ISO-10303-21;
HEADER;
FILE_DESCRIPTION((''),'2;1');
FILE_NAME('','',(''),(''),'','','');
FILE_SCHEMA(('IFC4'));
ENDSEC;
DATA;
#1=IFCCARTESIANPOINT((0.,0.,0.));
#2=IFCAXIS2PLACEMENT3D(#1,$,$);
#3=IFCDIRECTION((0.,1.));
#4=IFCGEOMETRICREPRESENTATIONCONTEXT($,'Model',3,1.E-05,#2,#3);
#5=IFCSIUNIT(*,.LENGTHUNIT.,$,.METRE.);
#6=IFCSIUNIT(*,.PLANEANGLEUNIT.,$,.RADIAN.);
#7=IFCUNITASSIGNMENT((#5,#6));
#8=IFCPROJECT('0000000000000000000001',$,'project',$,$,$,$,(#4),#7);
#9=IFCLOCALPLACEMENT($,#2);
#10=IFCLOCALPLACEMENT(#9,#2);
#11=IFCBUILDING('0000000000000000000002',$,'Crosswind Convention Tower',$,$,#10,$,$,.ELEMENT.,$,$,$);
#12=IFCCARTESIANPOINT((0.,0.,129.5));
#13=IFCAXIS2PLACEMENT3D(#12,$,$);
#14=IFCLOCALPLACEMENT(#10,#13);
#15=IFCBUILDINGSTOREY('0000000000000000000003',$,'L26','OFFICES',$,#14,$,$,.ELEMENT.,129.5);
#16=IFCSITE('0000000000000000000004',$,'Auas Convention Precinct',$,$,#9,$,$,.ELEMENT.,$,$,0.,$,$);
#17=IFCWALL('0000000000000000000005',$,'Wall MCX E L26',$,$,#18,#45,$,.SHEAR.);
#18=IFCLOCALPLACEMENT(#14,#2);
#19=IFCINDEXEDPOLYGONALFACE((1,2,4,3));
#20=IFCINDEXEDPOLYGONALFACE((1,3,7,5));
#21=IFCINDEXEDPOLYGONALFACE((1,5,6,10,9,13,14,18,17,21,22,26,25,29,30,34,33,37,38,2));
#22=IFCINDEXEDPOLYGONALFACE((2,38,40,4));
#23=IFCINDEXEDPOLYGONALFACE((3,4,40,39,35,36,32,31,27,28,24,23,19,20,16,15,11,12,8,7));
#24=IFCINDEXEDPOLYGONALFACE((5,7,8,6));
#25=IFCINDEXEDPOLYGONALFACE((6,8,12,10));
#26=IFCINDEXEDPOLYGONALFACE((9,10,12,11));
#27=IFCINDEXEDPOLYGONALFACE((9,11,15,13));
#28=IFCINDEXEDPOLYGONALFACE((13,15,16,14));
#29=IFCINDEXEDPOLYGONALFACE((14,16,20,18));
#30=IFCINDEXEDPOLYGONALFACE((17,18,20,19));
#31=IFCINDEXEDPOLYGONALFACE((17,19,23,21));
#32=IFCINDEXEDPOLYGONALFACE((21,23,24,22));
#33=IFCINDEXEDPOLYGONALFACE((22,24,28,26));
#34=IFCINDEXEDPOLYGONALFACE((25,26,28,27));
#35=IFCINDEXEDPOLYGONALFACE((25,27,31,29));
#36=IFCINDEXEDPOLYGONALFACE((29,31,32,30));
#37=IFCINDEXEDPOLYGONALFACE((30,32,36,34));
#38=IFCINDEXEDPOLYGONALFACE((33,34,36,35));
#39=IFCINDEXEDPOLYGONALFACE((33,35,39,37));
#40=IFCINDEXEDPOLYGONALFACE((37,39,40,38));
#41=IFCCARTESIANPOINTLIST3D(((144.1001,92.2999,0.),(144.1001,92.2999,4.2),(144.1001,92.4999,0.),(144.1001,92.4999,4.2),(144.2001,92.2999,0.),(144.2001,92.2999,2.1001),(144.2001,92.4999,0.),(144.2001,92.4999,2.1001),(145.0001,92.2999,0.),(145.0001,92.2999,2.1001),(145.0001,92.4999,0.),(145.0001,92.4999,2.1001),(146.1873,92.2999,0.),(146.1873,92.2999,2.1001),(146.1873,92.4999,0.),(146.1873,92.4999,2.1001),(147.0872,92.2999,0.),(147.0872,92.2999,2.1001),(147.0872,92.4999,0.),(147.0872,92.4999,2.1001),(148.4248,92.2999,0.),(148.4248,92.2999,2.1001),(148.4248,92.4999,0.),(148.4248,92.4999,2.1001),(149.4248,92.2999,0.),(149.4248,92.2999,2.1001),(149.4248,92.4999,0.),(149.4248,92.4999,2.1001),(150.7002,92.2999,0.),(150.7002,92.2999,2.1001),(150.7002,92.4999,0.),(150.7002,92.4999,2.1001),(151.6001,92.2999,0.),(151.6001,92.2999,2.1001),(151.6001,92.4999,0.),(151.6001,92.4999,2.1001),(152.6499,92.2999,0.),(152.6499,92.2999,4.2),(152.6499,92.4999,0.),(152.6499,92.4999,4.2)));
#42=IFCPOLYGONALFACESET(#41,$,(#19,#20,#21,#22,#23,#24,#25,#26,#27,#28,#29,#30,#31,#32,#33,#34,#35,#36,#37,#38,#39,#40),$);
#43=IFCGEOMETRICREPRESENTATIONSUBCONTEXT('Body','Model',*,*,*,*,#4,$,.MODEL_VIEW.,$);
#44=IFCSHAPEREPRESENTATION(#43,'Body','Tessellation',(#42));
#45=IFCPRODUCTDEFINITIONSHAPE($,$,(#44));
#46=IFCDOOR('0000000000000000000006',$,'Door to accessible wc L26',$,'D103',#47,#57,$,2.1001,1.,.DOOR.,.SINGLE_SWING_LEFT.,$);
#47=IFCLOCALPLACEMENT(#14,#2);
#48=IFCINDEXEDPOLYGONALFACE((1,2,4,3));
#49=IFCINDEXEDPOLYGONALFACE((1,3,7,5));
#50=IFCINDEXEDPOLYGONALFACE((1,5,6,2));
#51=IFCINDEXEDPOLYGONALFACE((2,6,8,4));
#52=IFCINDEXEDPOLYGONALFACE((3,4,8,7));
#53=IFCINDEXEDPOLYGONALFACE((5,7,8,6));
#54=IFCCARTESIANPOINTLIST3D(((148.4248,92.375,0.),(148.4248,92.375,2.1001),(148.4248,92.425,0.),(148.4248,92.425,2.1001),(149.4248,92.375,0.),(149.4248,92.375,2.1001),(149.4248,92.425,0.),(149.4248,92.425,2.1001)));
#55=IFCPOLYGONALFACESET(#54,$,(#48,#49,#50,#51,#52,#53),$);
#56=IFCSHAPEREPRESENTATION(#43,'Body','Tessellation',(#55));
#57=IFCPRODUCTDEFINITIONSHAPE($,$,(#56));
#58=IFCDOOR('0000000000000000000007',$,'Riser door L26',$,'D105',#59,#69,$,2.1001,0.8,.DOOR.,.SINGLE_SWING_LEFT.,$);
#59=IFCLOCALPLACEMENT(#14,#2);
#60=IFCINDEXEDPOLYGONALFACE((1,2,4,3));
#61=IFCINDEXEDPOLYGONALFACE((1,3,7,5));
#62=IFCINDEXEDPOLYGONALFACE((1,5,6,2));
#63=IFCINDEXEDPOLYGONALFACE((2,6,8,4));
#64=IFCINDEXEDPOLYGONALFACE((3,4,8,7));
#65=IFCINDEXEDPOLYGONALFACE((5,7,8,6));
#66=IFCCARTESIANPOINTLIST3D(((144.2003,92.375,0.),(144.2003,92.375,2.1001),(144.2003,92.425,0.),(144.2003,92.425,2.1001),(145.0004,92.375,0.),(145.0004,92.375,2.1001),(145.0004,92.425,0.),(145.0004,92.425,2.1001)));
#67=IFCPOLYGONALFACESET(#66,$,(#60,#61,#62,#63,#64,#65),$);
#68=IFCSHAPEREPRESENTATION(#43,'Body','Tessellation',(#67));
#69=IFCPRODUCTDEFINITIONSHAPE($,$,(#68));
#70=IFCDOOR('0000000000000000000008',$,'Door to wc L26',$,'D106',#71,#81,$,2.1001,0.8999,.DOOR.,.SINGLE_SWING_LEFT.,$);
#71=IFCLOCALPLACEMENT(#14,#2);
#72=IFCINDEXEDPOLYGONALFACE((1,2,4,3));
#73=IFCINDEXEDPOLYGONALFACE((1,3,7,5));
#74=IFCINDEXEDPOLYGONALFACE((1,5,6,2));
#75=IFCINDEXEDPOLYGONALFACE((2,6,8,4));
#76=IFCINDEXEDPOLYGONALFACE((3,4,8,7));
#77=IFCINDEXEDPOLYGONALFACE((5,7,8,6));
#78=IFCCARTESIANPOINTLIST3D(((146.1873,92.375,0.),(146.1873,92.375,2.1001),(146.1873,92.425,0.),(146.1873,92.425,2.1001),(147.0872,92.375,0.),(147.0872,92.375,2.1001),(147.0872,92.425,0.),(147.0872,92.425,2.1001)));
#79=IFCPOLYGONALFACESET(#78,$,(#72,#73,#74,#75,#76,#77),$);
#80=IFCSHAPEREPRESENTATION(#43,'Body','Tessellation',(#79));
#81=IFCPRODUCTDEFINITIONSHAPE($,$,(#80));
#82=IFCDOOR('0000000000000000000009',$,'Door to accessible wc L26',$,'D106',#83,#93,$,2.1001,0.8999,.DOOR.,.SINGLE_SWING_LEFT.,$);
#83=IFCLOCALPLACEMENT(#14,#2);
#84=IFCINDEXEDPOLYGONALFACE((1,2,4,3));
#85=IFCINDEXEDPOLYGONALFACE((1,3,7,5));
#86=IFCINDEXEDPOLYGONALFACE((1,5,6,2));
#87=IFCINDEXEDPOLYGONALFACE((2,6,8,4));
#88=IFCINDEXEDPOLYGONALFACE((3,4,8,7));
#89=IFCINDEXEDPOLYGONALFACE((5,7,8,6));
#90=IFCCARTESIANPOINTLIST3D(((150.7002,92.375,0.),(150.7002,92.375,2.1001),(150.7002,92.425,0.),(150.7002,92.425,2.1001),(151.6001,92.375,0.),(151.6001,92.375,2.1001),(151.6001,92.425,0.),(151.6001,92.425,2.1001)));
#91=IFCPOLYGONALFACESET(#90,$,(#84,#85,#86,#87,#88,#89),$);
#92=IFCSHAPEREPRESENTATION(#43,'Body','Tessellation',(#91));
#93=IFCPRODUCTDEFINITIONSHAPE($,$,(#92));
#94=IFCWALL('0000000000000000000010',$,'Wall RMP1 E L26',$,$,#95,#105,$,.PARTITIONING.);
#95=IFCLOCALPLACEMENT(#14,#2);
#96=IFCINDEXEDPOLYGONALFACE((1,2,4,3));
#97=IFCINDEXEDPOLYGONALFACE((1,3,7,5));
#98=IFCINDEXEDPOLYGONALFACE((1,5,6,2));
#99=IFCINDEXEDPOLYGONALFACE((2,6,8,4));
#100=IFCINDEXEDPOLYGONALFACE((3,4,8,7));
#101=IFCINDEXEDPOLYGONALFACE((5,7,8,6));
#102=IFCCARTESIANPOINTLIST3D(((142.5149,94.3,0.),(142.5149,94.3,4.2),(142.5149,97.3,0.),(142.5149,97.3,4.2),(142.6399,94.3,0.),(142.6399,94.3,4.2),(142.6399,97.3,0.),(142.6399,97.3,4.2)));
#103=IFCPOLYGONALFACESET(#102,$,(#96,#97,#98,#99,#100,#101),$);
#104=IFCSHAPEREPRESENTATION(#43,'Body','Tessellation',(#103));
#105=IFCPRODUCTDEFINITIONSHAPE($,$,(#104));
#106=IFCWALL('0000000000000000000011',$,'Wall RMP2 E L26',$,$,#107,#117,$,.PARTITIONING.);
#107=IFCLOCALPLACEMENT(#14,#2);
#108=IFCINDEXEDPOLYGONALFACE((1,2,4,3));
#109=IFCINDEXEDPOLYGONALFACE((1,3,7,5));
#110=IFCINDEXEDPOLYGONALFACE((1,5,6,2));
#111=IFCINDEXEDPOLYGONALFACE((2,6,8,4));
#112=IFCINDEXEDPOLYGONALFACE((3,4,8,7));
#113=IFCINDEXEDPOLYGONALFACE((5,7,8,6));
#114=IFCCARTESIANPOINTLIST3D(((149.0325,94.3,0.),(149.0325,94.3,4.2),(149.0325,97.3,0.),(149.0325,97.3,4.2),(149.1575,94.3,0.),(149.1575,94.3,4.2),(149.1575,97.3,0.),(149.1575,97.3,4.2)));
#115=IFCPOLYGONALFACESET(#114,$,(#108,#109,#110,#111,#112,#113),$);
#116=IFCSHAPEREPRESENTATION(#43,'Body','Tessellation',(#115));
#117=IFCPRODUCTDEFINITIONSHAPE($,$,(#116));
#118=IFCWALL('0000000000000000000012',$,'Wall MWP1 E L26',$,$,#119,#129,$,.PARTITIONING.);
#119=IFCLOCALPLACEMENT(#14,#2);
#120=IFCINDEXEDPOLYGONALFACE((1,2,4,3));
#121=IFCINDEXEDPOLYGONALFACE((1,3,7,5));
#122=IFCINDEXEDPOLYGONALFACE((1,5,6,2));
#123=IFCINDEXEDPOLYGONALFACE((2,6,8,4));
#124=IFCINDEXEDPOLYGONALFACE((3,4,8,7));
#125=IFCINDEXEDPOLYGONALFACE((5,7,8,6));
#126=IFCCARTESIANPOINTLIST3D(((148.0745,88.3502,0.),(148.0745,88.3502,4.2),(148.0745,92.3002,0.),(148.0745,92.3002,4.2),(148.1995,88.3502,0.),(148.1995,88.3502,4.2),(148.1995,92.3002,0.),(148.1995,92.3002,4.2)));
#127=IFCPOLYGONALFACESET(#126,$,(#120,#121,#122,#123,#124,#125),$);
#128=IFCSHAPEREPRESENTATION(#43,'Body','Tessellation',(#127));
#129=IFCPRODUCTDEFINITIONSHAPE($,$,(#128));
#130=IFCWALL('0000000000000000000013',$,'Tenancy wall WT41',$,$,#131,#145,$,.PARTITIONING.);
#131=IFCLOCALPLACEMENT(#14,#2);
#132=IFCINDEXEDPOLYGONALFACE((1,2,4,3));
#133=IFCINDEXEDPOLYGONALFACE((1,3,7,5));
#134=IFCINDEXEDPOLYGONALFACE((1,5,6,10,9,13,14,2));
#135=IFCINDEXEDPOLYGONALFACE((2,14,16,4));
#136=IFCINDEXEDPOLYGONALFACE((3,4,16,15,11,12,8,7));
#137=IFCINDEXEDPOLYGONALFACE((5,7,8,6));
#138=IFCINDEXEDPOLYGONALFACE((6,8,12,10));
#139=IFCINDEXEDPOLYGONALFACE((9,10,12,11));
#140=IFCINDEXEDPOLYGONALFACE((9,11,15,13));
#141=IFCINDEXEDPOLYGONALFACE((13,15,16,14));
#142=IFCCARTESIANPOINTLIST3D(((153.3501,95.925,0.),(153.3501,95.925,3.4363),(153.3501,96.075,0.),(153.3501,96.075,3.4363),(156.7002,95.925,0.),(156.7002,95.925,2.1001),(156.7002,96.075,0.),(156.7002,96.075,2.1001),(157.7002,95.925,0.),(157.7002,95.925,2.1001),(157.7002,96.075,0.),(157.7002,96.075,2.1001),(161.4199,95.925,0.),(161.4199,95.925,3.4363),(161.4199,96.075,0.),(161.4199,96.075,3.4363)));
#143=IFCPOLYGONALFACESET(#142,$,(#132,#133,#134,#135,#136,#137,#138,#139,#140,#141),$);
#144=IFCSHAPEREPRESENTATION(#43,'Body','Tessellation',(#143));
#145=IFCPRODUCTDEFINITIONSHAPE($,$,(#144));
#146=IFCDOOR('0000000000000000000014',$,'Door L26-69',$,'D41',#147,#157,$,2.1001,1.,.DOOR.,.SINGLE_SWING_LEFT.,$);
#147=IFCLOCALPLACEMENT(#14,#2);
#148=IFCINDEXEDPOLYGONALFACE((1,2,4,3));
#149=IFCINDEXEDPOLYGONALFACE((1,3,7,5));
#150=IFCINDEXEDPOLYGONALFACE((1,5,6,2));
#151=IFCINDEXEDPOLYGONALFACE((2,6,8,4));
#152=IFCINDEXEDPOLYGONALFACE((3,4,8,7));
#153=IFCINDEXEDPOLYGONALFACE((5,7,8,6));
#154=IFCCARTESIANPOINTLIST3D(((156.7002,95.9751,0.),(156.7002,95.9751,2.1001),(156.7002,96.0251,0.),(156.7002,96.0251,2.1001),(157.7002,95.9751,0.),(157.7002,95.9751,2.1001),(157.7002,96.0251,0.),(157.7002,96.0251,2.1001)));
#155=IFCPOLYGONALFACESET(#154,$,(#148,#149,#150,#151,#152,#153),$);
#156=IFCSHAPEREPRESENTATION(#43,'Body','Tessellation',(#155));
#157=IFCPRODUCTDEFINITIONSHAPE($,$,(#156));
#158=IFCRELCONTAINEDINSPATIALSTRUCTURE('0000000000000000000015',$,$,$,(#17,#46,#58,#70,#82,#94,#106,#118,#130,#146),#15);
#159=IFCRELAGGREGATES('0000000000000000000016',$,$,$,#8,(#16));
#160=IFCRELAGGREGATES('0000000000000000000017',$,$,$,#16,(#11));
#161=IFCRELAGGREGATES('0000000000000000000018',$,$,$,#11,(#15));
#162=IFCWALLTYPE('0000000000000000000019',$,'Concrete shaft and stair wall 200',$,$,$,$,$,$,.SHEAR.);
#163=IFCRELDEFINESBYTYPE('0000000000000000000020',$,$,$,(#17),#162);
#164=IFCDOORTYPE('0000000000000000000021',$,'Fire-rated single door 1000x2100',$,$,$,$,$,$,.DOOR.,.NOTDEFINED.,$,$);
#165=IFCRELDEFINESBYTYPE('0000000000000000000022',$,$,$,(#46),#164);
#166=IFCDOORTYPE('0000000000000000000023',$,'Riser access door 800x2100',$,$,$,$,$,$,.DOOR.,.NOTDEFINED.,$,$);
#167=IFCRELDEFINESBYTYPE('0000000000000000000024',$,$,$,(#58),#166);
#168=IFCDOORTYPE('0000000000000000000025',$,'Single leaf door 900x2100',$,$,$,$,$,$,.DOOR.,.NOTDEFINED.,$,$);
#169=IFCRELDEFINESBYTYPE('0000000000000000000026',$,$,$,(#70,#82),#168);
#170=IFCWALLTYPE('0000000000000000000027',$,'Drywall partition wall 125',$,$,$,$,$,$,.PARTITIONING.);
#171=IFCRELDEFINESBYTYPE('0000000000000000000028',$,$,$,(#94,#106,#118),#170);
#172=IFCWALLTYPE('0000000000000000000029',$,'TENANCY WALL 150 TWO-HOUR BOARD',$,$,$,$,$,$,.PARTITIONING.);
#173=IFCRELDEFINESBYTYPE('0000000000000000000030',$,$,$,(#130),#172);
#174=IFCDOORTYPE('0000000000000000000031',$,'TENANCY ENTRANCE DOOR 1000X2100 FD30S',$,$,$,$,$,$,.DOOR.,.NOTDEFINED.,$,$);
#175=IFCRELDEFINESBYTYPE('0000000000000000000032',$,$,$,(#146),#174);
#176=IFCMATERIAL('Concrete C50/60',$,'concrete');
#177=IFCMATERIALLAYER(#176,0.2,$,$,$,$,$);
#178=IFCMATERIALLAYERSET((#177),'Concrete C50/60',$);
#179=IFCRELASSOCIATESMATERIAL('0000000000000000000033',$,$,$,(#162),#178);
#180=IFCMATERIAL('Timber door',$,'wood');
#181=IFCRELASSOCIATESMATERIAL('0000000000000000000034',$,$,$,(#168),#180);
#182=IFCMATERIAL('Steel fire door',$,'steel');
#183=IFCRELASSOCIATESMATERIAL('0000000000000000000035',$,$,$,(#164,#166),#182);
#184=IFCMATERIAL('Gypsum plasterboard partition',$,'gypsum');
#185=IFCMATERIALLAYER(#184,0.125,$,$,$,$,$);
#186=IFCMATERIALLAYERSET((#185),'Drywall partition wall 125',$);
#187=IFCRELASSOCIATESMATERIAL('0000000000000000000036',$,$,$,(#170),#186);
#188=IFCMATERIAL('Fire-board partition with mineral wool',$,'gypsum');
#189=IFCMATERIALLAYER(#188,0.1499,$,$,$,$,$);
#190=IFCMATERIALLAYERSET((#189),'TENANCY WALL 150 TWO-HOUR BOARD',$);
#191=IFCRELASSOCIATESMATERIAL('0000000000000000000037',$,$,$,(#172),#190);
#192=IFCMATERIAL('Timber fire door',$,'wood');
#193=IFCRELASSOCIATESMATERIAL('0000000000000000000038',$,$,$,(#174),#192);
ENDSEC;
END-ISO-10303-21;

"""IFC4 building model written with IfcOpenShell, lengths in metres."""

from ifc_helpers import new_model, si_unit, direction, frame, frame_2d, origin, place, context, subcontext, project, spatial, rectangle, extrude, material, layer, layer_set, type_object, element, fill, save


model = new_model("IFC4")

# Units and contexts
model_context = context("Model", 3, precision=1e-05, world=origin(), true_north=direction((0.0, 1.0)))
body_context = subcontext(model_context, "Body", "Model", "MODEL_VIEW")
ifc_project = project(units=[si_unit("LENGTHUNIT", "METRE"), si_unit("PLANEANGLEUNIT", "RADIAN")], contexts=[model_context])

# Site, building, storey
site_placement = place(None, origin())
site = spatial("IfcSite", under=ifc_project, at=site_placement, Name="Auas Convention Precinct", CompositionType="ELEMENT", RefElevation=0.0)
building_placement = place(site_placement, origin())
building = spatial("IfcBuilding", under=site, at=building_placement, Name="Crosswind Convention Tower", CompositionType="ELEMENT")
storey_placement = place(building_placement, frame((0.0, 0.0, 129.5)))
storey = spatial("IfcBuildingStorey", under=building, at=storey_placement, Name="L26", Description="OFFICES", CompositionType="ELEMENT", Elevation=129.5)

# Shared definitions
ifc_material_1 = material(Name="Concrete C50/60", Category="concrete")
ifc_layer_1 = layer(ifc_material_1, 0.2)
ifc_layer_set_1 = layer_set([ifc_layer_1], Name="Concrete C50/60")
wall_type_1 = type_object("IfcWallType", Name="Concrete shaft and stair wall 200", PredefinedType="SHEAR", material=ifc_layer_set_1)

# Shared definitions
ifc_material_2 = material(Name="Timber door", Category="wood")
door_type_1 = type_object("IfcDoorType", Name="Single leaf door 900x2100", OperationType="NOTDEFINED", PredefinedType="DOOR", material=ifc_material_2)

# Wall, openings, doors
wall_1_placement = place(storey_placement, frame((144.1001, 92.3999, 0.0), z_axis=(0.0, 0.0, 1.0), x_axis=(1.0, 0.0, 0.0)))
wall_1 = element("IfcWall", 1, at=wall_1_placement, inside=storey, type_object=wall_type_1, Name="Wall MCX E L26", PredefinedType="SHEAR", context=body_context, shape_type="SweptSolid", body=[
    extrude(rectangle(XDim=8.5498, YDim=0.2, at=frame_2d((4.2749, 0.0))), origin(), (0.0, 0.0, 1.0), 4.2),
])
opening_1_placement = place(wall_1_placement, frame((0.1001, 0.0, 0.0)))
opening_1 = element("IfcOpeningElement", 2, at=opening_1_placement, cuts=wall_1, PredefinedType="OPENING", context=body_context, shape_type="SweptSolid", body=[
    extrude(rectangle(XDim=0.8, YDim=2.1001, at=frame_2d((0.3999, 1.05))), frame((0.0, 0.1099, 0.0), z_axis=(0.0, -1.0, 0.0), x_axis=(1.0, 0.0, 0.0)), (0.0, 0.0, 1.0), 0.22),
])
opening_2_placement = place(wall_1_placement, frame((2.0872, 0.0, 0.0)))
opening_2 = element("IfcOpeningElement", 3, at=opening_2_placement, cuts=wall_1, PredefinedType="OPENING", context=body_context, shape_type="SweptSolid", body=[
    extrude(rectangle(XDim=0.8999, YDim=2.1001, at=frame_2d((0.45, 1.05))), frame((0.0, 0.1099, 0.0), z_axis=(0.0, -1.0, 0.0), x_axis=(1.0, 0.0, 0.0)), (0.0, 0.0, 1.0), 0.22),
])
opening_3_placement = place(wall_1_placement, frame((4.3247, 0.0, 0.0)))
opening_3 = element("IfcOpeningElement", 4, at=opening_3_placement, cuts=wall_1, PredefinedType="OPENING", context=body_context, shape_type="SweptSolid", body=[
    extrude(rectangle(XDim=1.0, YDim=2.1001, at=frame_2d((0.5, 1.05))), frame((0.0, 0.1099, 0.0), z_axis=(0.0, -1.0, 0.0), x_axis=(1.0, 0.0, 0.0)), (0.0, 0.0, 1.0), 0.22),
])
opening_4_placement = place(wall_1_placement, frame((6.6001, 0.0, 0.0)))
opening_4 = element("IfcOpeningElement", 5, at=opening_4_placement, cuts=wall_1, PredefinedType="OPENING", context=body_context, shape_type="SweptSolid", body=[
    extrude(rectangle(XDim=0.8999, YDim=2.1001, at=frame_2d((0.45, 1.05))), frame((0.0, 0.1099, 0.0), z_axis=(0.0, -1.0, 0.0), x_axis=(1.0, 0.0, 0.0)), (0.0, 0.0, 1.0), 0.22),
])
ifc_material_3 = material(Name="Steel fire door", Category="steel")
door_type_2 = type_object("IfcDoorType", Name="Fire-rated single door 1000x2100", OperationType="NOTDEFINED", PredefinedType="DOOR", material=ifc_material_3)
door_1_placement = place(opening_3_placement, frame((1.0, 0.0, 0.0), z_axis=(0.0, 0.0, 1.0), x_axis=(-1.0, 0.0, 0.0)))
door_1 = element("IfcDoor", 6, at=door_1_placement, inside=storey, type_object=door_type_2, Name="Door to accessible wc L26", ObjectType="D103", OperationType="SINGLE_SWING_LEFT", OverallHeight=2.1001, OverallWidth=1.0, PredefinedType="DOOR", context=body_context, shape_type="SweptSolid", body=[
    extrude(rectangle(XDim=1.0, YDim=2.1001, at=frame_2d((0.5, 1.05))), frame((0.0, 0.0249, 0.0), z_axis=(0.0, -1.0, 0.0), x_axis=(1.0, 0.0, 0.0)), (0.0, 0.0, 1.0), 0.05),
])
fill(opening_3, door_1)
door_type_3 = type_object("IfcDoorType", Name="Riser access door 800x2100", OperationType="NOTDEFINED", PredefinedType="DOOR", material=ifc_material_3)
door_2_placement = place(opening_1_placement, frame((0.8, 0.0, 0.0), z_axis=(0.0, 0.0, 1.0), x_axis=(-1.0, 0.0, 0.0)))
door_2 = element("IfcDoor", 7, at=door_2_placement, inside=storey, type_object=door_type_3, Name="Riser door L26", ObjectType="D105", OperationType="SINGLE_SWING_LEFT", OverallHeight=2.1001, OverallWidth=0.8, PredefinedType="DOOR", context=body_context, shape_type="SweptSolid", body=[
    extrude(rectangle(XDim=0.8, YDim=2.1001, at=frame_2d((0.3999, 1.05))), frame((0.0, 0.0249, 0.0), z_axis=(0.0, -1.0, 0.0), x_axis=(1.0, 0.0, 0.0)), (0.0, 0.0, 1.0), 0.05),
])
fill(opening_1, door_2)
door_3_placement = place(opening_2_placement, frame((0.8999, 0.0, 0.0), z_axis=(0.0, 0.0, 1.0), x_axis=(-1.0, 0.0, 0.0)))
door_3 = element("IfcDoor", 8, at=door_3_placement, inside=storey, type_object=door_type_1, Name="Door to wc L26", ObjectType="D106", OperationType="SINGLE_SWING_LEFT", OverallHeight=2.1001, OverallWidth=0.8999, PredefinedType="DOOR", context=body_context, shape_type="SweptSolid", body=[
    extrude(rectangle(XDim=0.8999, YDim=2.1001, at=frame_2d((0.45, 1.05))), frame((0.0, 0.0249, 0.0), z_axis=(0.0, -1.0, 0.0), x_axis=(1.0, 0.0, 0.0)), (0.0, 0.0, 1.0), 0.05),
])
fill(opening_2, door_3)
door_4_placement = place(opening_4_placement, frame((0.8999, 0.0, 0.0), z_axis=(0.0, 0.0, 1.0), x_axis=(-1.0, 0.0, 0.0)))
door_4 = element("IfcDoor", 9, at=door_4_placement, inside=storey, type_object=door_type_1, Name="Door to accessible wc L26", ObjectType="D106", OperationType="SINGLE_SWING_LEFT", OverallHeight=2.1001, OverallWidth=0.8999, PredefinedType="DOOR", context=body_context, shape_type="SweptSolid", body=[
    extrude(rectangle(XDim=0.8999, YDim=2.1001, at=frame_2d((0.45, 1.05))), frame((0.0, 0.0249, 0.0), z_axis=(0.0, -1.0, 0.0), x_axis=(1.0, 0.0, 0.0)), (0.0, 0.0, 1.0), 0.05),
])
fill(opening_4, door_4)

# Walls
ifc_material_4 = material(Name="Gypsum plasterboard partition", Category="gypsum")
ifc_layer_2 = layer(ifc_material_4, 0.125)
ifc_layer_set_2 = layer_set([ifc_layer_2], Name="Drywall partition wall 125")
wall_type_2 = type_object("IfcWallType", Name="Drywall partition wall 125", PredefinedType="PARTITIONING", material=ifc_layer_set_2)
for number, where, z_axis, x_axis, name in (
    (10, (142.5774, 94.3, 0.0), (0.0, 0.0, 1.0), (0.0, 1.0, 0.0), "Wall RMP1 E L26"),
    (11, (149.095, 94.3, 0.0), (0.0, 0.0, 1.0), (0.0, 1.0, 0.0), "Wall RMP2 E L26"),
):
    element("IfcWall", number, at=place(storey_placement, frame(where, z_axis=z_axis, x_axis=x_axis)), inside=storey, type_object=wall_type_2, Name=name, PredefinedType="PARTITIONING", context=body_context, shape_type="SweptSolid", body=[
        extrude(rectangle(XDim=3.0, YDim=0.125, at=frame_2d((1.5, 0.0))), origin(), (0.0, 0.0, 1.0), 4.2),
    ])
wall_2_placement = place(storey_placement, frame((148.137, 88.3501, 0.0), z_axis=(0.0, 0.0, 1.0), x_axis=(0.0, 1.0, 0.0)))
element("IfcWall", 12, at=wall_2_placement, inside=storey, type_object=wall_type_2, Name="Wall MWP1 E L26", PredefinedType="PARTITIONING", context=body_context, shape_type="SweptSolid", body=[
    extrude(rectangle(XDim=3.95, YDim=0.125, at=frame_2d((1.9751, 0.0))), origin(), (0.0, 0.0, 1.0), 4.2),
])

# Wall, opening, door
ifc_material_5 = material(Name="Fire-board partition with mineral wool", Category="gypsum")
ifc_layer_3 = layer(ifc_material_5, 0.1499)
ifc_layer_set_3 = layer_set([ifc_layer_3], Name="TENANCY WALL 150 TWO-HOUR BOARD")
wall_type_3 = type_object("IfcWallType", Name="TENANCY WALL 150 TWO-HOUR BOARD", PredefinedType="PARTITIONING", material=ifc_layer_set_3)
wall_3_placement = place(storey_placement, frame((153.3501, 96.0, 0.0), z_axis=(0.0, 0.0, 1.0), x_axis=(1.0, 0.0, 0.0)))
wall_3 = element("IfcWall", 13, at=wall_3_placement, inside=storey, type_object=wall_type_3, Name="Tenancy wall WT41", PredefinedType="PARTITIONING", context=body_context, shape_type="SweptSolid", body=[
    extrude(rectangle(XDim=8.0698, YDim=0.1499, at=frame_2d((4.0349, 0.0))), origin(), (0.0, 0.0, 1.0), 3.4363),
])
opening_5_placement = place(wall_3_placement, frame((3.3501, 0.0, 0.0)))
opening_5 = element("IfcOpeningElement", 14, at=opening_5_placement, cuts=wall_3, PredefinedType="OPENING", context=body_context, shape_type="SweptSolid", body=[
    extrude(rectangle(XDim=1.0, YDim=2.1001, at=frame_2d((0.5, 1.05))), frame((0.0, 0.085, 0.0), z_axis=(0.0, -1.0, 0.0), x_axis=(1.0, 0.0, 0.0)), (0.0, 0.0, 1.0), 0.1699),
])
ifc_material_6 = material(Name="Timber fire door", Category="wood")
door_type_4 = type_object("IfcDoorType", Name="TENANCY ENTRANCE DOOR 1000X2100 FD30S", OperationType="NOTDEFINED", PredefinedType="DOOR", material=ifc_material_6)
door_5_placement = place(opening_5_placement, frame((1.0, 0.0, 0.0), z_axis=(0.0, 0.0, 1.0), x_axis=(-1.0, 0.0, 0.0)))
door_5 = element("IfcDoor", 15, at=door_5_placement, inside=storey, type_object=door_type_4, Name="Door L26-69", ObjectType="D41", OperationType="SINGLE_SWING_LEFT", OverallHeight=2.1001, OverallWidth=1.0, PredefinedType="DOOR", context=body_context, shape_type="SweptSolid", body=[
    extrude(rectangle(XDim=1.0, YDim=2.1001, at=frame_2d((0.5, 1.05))), frame((0.0, 0.0249, 0.0), z_axis=(0.0, -1.0, 0.0), x_axis=(1.0, 0.0, 0.0)), (0.0, 0.0, 1.0), 0.05),
])
fill(opening_5, door_5)

save(model, "model.ifc")
